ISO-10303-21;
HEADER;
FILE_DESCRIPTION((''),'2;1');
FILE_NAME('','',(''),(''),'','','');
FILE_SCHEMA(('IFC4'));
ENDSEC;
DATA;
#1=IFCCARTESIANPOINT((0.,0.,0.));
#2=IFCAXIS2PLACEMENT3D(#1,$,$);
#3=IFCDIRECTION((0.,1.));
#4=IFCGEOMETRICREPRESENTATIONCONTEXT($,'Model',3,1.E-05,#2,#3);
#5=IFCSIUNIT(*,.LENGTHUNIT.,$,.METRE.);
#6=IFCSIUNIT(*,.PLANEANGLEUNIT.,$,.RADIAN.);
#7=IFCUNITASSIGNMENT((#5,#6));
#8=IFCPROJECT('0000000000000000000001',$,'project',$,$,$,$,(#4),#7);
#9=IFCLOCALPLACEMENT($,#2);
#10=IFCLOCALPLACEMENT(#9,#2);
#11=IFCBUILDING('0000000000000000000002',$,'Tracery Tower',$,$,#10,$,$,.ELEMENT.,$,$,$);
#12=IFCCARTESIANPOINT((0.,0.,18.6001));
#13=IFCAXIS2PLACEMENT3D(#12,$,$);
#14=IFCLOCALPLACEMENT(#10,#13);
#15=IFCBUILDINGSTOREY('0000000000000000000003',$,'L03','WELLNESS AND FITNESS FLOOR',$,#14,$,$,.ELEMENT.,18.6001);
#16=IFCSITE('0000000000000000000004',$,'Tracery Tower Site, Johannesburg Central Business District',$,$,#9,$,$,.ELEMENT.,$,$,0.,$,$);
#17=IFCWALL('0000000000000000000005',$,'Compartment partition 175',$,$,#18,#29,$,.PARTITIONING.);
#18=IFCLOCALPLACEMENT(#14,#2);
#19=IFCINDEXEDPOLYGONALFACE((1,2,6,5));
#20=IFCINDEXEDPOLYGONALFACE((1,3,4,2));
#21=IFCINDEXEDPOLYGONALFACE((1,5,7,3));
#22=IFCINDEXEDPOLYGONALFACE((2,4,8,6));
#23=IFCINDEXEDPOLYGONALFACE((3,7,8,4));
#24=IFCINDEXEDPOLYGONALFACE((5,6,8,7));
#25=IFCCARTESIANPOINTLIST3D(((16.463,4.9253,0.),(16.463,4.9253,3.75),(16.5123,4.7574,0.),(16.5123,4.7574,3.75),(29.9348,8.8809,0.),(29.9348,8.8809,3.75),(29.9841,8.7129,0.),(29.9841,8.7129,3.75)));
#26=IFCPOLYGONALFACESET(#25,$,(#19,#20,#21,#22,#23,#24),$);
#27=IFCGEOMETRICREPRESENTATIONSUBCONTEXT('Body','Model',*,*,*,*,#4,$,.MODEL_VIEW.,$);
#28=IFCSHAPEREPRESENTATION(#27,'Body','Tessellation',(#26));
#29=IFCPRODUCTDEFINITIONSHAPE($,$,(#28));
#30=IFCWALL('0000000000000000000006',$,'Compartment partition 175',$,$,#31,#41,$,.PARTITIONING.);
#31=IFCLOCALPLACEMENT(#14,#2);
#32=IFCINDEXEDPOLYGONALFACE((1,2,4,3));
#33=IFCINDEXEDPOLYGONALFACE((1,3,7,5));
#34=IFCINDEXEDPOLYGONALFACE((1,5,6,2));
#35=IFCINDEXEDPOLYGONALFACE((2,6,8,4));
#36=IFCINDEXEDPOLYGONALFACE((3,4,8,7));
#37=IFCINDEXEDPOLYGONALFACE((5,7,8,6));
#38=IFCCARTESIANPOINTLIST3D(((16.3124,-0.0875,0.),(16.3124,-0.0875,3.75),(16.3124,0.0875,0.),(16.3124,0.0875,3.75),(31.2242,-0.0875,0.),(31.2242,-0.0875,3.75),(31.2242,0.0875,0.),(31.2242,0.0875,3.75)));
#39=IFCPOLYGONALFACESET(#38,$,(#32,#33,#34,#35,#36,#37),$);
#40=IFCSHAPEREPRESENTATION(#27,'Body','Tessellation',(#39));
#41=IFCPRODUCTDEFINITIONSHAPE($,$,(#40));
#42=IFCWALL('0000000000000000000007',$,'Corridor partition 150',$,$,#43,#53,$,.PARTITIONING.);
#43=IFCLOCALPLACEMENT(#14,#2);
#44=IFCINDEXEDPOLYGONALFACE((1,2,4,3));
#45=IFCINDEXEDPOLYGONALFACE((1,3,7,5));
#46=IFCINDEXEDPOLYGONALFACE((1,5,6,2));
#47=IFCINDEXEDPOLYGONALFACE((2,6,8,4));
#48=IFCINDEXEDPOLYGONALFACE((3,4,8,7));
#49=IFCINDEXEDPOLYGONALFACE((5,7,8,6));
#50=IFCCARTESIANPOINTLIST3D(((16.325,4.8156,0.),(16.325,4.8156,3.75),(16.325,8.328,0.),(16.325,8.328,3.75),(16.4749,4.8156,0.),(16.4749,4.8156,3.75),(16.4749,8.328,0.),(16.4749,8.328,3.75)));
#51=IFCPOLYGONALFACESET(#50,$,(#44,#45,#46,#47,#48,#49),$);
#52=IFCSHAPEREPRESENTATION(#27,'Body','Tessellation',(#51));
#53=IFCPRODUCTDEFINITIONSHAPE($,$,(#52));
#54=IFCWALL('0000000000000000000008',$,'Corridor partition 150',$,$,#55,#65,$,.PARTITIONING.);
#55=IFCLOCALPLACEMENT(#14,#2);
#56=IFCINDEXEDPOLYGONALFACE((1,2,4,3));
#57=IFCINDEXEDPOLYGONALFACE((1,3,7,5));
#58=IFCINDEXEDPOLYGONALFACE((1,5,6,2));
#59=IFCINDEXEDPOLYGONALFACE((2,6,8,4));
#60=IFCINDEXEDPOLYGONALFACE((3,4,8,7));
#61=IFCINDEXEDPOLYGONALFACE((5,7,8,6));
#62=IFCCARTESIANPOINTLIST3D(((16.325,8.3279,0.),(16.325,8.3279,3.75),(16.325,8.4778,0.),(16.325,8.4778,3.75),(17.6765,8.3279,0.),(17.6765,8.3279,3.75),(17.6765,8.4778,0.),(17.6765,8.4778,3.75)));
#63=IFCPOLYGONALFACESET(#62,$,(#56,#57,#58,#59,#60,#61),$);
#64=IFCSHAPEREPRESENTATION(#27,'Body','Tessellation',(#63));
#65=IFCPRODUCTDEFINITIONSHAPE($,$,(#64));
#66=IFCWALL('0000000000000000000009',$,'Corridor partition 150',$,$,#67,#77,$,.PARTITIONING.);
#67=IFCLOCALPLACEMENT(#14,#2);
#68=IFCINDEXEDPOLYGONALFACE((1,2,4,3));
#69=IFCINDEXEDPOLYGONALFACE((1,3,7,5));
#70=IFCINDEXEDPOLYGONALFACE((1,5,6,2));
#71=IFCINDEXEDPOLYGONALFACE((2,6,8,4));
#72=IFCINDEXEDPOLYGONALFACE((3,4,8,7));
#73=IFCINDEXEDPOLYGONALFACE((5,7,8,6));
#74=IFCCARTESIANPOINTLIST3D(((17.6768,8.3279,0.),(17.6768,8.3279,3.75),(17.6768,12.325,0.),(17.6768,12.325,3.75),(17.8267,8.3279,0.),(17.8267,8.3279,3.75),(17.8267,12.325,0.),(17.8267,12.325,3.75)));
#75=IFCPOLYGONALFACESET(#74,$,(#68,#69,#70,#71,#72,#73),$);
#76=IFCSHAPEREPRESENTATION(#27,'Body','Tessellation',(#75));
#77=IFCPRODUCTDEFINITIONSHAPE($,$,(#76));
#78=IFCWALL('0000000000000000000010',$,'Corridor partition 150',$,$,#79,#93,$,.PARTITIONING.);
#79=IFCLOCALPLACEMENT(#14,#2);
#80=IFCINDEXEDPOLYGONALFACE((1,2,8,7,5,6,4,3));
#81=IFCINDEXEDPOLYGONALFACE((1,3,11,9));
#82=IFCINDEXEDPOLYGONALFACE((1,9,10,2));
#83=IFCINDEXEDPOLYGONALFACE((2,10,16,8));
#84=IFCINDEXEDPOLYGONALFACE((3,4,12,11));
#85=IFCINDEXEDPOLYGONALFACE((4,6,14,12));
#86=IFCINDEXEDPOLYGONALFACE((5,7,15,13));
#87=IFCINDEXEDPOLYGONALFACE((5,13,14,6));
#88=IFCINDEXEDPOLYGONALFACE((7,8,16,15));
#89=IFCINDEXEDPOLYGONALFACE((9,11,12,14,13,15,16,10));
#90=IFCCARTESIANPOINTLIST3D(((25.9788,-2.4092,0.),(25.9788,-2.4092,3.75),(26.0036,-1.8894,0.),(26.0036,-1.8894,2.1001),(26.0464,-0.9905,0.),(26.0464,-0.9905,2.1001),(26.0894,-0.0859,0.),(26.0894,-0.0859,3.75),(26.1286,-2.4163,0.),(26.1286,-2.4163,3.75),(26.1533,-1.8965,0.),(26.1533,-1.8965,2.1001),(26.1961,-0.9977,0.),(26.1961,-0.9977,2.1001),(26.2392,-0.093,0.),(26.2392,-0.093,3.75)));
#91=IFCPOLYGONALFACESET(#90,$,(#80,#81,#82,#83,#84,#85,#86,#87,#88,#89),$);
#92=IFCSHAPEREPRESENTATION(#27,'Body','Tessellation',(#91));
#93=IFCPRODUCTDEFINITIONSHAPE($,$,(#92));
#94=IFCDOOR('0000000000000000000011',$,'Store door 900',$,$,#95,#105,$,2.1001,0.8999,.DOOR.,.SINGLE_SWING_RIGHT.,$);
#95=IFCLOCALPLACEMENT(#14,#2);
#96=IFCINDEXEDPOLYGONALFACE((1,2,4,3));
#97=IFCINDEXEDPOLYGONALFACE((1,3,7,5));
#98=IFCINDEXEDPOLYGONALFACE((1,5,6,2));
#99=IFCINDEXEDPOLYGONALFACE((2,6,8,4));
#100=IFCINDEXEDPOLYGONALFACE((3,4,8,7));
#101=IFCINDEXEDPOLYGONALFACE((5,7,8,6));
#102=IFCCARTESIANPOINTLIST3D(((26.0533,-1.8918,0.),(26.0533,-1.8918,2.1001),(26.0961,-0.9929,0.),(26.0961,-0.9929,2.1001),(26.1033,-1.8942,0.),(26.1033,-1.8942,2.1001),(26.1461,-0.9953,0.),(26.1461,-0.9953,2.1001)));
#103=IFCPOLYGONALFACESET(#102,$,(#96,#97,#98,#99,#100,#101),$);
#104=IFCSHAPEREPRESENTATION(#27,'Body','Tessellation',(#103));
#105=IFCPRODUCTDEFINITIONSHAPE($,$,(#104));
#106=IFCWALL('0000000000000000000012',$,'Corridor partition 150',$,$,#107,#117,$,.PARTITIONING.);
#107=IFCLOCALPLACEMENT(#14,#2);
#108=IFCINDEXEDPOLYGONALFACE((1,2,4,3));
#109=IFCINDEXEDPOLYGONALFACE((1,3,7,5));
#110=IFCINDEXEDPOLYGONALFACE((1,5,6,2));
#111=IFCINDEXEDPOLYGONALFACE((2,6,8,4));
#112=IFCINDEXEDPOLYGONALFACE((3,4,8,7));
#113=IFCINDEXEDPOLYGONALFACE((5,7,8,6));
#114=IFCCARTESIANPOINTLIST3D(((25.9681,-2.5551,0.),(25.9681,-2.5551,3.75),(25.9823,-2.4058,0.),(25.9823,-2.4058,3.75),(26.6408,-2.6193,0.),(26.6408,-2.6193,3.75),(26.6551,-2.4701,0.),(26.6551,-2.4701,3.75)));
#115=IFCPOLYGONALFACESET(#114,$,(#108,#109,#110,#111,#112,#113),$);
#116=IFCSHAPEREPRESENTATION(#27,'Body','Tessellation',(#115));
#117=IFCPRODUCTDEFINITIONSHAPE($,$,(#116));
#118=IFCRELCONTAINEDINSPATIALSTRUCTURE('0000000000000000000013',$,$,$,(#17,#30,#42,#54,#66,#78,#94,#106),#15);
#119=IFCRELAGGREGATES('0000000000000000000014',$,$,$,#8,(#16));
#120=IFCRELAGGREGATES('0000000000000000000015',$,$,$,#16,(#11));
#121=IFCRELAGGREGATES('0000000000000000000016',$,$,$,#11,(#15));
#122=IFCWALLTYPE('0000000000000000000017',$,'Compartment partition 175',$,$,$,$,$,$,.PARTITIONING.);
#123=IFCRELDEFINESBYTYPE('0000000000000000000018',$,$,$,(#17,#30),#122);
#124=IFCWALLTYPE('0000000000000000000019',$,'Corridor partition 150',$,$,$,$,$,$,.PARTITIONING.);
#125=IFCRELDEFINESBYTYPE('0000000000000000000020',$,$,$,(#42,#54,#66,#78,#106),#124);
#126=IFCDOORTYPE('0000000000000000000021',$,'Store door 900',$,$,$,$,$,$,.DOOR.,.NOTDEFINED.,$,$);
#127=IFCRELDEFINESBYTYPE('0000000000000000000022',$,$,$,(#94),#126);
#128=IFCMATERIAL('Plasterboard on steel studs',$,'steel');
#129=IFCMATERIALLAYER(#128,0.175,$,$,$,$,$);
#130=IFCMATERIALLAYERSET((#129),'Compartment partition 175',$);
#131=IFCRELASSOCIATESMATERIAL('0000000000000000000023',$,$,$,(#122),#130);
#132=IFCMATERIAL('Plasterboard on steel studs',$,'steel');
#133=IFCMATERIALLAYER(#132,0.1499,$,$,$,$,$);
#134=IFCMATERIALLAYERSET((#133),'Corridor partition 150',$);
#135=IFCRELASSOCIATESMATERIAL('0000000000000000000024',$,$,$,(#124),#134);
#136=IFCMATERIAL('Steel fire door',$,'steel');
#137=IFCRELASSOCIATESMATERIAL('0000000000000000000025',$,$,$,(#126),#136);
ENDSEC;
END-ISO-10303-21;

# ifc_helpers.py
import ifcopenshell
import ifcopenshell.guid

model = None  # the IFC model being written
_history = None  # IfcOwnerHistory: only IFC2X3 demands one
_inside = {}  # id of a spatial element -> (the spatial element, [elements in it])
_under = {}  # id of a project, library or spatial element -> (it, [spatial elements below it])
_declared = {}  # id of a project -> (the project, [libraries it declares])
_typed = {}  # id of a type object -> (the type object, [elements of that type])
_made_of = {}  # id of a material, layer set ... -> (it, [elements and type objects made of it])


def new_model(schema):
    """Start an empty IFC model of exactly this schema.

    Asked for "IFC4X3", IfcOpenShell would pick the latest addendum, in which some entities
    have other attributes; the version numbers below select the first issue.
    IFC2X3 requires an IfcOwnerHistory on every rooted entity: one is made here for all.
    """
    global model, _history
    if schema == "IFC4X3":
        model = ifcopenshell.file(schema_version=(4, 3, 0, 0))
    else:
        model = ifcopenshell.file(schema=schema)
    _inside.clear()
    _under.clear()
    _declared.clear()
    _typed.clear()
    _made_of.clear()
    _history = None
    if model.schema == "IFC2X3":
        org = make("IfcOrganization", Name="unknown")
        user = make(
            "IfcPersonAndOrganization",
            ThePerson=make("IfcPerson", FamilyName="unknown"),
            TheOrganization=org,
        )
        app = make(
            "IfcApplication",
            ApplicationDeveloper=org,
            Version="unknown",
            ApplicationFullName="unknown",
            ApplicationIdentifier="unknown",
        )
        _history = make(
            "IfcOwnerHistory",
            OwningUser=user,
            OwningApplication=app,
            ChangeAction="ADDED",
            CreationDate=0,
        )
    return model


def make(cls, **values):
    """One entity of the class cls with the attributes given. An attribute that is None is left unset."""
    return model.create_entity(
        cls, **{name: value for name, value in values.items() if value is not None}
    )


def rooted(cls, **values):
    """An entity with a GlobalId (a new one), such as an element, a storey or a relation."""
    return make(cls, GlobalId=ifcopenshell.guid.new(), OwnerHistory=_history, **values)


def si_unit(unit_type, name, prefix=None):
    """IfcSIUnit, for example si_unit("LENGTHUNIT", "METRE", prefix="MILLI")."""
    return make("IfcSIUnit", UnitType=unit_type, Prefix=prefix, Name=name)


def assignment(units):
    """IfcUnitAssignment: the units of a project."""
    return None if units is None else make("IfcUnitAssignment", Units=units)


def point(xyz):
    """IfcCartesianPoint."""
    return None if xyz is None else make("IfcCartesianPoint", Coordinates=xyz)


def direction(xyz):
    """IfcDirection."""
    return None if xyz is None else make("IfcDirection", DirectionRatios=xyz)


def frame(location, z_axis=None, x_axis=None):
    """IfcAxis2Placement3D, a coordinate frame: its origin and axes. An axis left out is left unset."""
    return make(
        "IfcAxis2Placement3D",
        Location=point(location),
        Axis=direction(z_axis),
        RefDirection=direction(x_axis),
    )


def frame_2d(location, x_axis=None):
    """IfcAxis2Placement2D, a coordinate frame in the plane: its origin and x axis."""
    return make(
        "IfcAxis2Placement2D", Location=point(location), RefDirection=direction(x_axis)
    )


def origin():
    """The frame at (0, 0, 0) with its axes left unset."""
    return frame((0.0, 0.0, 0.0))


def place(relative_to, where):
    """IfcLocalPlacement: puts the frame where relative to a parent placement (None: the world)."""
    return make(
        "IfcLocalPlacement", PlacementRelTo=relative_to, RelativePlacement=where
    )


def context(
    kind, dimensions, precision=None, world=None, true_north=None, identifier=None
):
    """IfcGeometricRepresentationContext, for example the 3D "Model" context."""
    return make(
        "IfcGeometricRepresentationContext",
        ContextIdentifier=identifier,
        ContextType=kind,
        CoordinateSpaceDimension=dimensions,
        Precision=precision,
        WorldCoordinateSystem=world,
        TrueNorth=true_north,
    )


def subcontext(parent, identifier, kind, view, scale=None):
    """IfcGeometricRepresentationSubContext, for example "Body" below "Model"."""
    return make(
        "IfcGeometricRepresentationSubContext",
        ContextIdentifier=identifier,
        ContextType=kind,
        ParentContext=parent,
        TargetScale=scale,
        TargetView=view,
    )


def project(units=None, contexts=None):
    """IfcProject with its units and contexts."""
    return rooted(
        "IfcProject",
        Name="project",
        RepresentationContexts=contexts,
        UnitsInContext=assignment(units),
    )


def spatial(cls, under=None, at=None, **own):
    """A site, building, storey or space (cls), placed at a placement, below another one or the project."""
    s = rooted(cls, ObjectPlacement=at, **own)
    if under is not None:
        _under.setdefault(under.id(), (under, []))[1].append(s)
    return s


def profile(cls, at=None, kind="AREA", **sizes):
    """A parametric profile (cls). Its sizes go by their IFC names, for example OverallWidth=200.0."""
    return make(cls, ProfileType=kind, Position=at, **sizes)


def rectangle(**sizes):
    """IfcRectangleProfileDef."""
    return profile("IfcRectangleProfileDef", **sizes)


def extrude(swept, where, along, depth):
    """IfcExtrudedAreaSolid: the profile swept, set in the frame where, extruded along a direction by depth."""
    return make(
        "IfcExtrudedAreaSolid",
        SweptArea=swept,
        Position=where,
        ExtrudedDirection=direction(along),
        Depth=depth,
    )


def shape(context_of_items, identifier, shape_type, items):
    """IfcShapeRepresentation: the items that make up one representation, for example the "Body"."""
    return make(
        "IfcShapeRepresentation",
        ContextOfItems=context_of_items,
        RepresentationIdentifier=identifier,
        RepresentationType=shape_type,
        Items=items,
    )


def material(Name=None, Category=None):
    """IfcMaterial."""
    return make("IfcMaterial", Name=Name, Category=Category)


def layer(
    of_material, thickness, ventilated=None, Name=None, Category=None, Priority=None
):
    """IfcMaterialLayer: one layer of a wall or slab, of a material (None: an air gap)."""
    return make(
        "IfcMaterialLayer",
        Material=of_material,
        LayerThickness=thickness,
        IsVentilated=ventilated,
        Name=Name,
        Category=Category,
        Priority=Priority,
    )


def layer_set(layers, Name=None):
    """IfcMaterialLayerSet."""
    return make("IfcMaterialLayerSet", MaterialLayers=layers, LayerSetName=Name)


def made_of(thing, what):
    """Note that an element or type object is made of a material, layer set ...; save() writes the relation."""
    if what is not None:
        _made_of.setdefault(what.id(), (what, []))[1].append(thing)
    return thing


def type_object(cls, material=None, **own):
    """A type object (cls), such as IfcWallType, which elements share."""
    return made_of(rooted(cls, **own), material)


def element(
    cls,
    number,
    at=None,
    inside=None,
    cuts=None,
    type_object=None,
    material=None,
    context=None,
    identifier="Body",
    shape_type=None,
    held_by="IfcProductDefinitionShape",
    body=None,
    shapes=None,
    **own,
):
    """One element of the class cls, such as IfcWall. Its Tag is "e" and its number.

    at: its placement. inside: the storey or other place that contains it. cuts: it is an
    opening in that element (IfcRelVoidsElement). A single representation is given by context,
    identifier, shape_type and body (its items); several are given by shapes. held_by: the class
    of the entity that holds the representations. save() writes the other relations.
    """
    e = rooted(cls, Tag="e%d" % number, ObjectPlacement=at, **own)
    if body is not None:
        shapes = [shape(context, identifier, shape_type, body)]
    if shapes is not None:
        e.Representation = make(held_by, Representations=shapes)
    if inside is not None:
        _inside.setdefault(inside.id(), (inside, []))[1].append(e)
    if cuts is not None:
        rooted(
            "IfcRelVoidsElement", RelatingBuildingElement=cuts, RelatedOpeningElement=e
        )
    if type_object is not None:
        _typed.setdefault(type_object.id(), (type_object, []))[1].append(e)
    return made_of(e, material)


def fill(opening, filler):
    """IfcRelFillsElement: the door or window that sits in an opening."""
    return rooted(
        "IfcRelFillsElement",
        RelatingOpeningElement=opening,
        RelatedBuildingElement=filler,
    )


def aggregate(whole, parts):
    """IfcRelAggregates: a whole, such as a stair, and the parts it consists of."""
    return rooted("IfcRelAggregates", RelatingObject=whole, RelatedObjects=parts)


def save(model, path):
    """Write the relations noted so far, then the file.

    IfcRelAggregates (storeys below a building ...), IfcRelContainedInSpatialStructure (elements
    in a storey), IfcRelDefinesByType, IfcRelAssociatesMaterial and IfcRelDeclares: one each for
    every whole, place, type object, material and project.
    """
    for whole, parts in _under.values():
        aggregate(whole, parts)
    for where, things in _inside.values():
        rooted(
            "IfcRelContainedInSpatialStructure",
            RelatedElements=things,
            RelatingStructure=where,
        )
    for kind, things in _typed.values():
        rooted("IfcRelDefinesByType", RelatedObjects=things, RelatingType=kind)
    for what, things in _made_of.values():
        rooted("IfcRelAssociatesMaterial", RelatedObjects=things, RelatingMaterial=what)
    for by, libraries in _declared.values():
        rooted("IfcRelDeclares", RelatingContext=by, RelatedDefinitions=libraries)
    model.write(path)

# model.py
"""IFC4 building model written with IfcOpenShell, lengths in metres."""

from ifc_helpers import new_model, si_unit, direction, frame, frame_2d, origin, place, context, subcontext, project, spatial, rectangle, extrude, material, layer, layer_set, type_object, element, fill, save


model = new_model("IFC4")

# Units and contexts
model_context = context("Model", 3, precision=1e-05, world=origin(), true_north=direction((0.0, 1.0)))
body_context = subcontext(model_context, "Body", "Model", "MODEL_VIEW")
ifc_project = project(units=[si_unit("LENGTHUNIT", "METRE"), si_unit("PLANEANGLEUNIT", "RADIAN")], contexts=[model_context])

# Site, building, storey
site_placement = place(None, origin())
site = spatial("IfcSite", under=ifc_project, at=site_placement, Name="Tracery Tower Site, Johannesburg Central Business District", CompositionType="ELEMENT", RefElevation=0.0)
building_placement = place(site_placement, origin())
building = spatial("IfcBuilding", under=site, at=building_placement, Name="Tracery Tower", CompositionType="ELEMENT")
storey_placement = place(building_placement, frame((0.0, 0.0, 18.6001)))
storey = spatial("IfcBuildingStorey", under=building, at=storey_placement, Name="L03", Description="WELLNESS AND FITNESS FLOOR", CompositionType="ELEMENT", Elevation=18.6001)

# Shared definitions
ifc_material_1 = material(Name="Plasterboard on steel studs", Category="steel")
ifc_layer_1 = layer(ifc_material_1, 0.175)
ifc_layer_set_1 = layer_set([ifc_layer_1], Name="Compartment partition 175")
wall_type_1 = type_object("IfcWallType", Name="Compartment partition 175", PredefinedType="PARTITIONING", material=ifc_layer_set_1)

# Walls
wall_1_placement = place(storey_placement, frame((29.9595, 8.7969, 0.0), z_axis=(0.0, 0.0, 1.0), x_axis=(-0.959496, -0.281723, 0.0)))
element("IfcWall", 1, at=wall_1_placement, inside=storey, type_object=wall_type_1, Name="Compartment partition 175", PredefinedType="PARTITIONING", context=body_context, shape_type="SweptSolid", body=[
    extrude(rectangle(XDim=14.0405, YDim=0.175, at=frame_2d((7.0203, 0.0))), origin(), (0.0, 0.0, 1.0), 3.75),
])
wall_2_placement = place(storey_placement, frame((31.2244, 0.0, 0.0), z_axis=(0.0, 0.0, 1.0), x_axis=(-1.0, 0.0, 0.0)))
element("IfcWall", 2, at=wall_2_placement, inside=storey, type_object=wall_type_1, Name="Compartment partition 175", PredefinedType="PARTITIONING", context=body_context, shape_type="SweptSolid", body=[
    extrude(rectangle(XDim=14.9119, YDim=0.175, at=frame_2d((7.4561, 0.0))), origin(), (0.0, 0.0, 1.0), 3.75),
])
ifc_material_2 = material(Name="Plasterboard on steel studs", Category="steel")
ifc_layer_2 = layer(ifc_material_2, 0.1499)
ifc_layer_set_2 = layer_set([ifc_layer_2], Name="Corridor partition 150")
wall_type_2 = type_object("IfcWallType", Name="Corridor partition 150", PredefinedType="PARTITIONING", material=ifc_layer_set_2)
wall_3_placement = place(storey_placement, frame((16.3999, 4.8154, 0.0), z_axis=(0.0, 0.0, 1.0), x_axis=(0.0, 1.0, 0.0)))
element("IfcWall", 3, at=wall_3_placement, inside=storey, type_object=wall_type_2, Name="Corridor partition 150", PredefinedType="PARTITIONING", context=body_context, shape_type="SweptSolid", body=[
    extrude(rectangle(XDim=3.5125, YDim=0.1499, at=frame_2d((1.7563, 0.0))), origin(), (0.0, 0.0, 1.0), 3.75),
])
wall_4_placement = place(storey_placement, frame((16.325, 8.4028, 0.0), z_axis=(0.0, 0.0, 1.0), x_axis=(1.0, 0.0, 0.0)))
element("IfcWall", 4, at=wall_4_placement, inside=storey, type_object=wall_type_2, Name="Corridor partition 150", PredefinedType="PARTITIONING", context=body_context, shape_type="SweptSolid", body=[
    extrude(rectangle(XDim=1.3516, YDim=0.1499, at=frame_2d((0.6758, 0.0))), origin(), (0.0, 0.0, 1.0), 3.75),
])
wall_5_placement = place(storey_placement, frame((17.7517, 8.3279, 0.0), z_axis=(0.0, 0.0, 1.0), x_axis=(0.0, 1.0, 0.0)))
element("IfcWall", 5, at=wall_5_placement, inside=storey, type_object=wall_type_2, Name="Corridor partition 150", PredefinedType="PARTITIONING", context=body_context, shape_type="SweptSolid", body=[
    extrude(rectangle(XDim=3.9971, YDim=0.1499, at=frame_2d((1.9985, 0.0))), origin(), (0.0, 0.0, 1.0), 3.75),
])

# Wall, opening, door
wall_6_placement = place(storey_placement, frame((26.1643, -0.0894, 0.0), z_axis=(0.0, 0.0, 1.0), x_axis=(-0.04755, -0.998869, 0.0)))
wall_6 = element("IfcWall", 6, at=wall_6_placement, inside=storey, type_object=wall_type_2, Name="Corridor partition 150", PredefinedType="PARTITIONING", context=body_context, shape_type="SweptSolid", body=[
    extrude(rectangle(XDim=2.3259, YDim=0.1499, at=frame_2d((1.1631, 0.0))), origin(), (0.0, 0.0, 1.0), 3.75),
])
opening_1_placement = place(wall_6_placement, frame((0.9058, 0.0, 0.0)))
opening_1 = element("IfcOpeningElement", 7, at=opening_1_placement, cuts=wall_6, PredefinedType="OPENING", context=body_context, shape_type="SweptSolid", body=[
    extrude(rectangle(XDim=0.8999, YDim=2.1001, at=frame_2d((0.45, 1.05))), frame((0.0, 0.075, 0.0), z_axis=(0.0, -1.0, 0.0), x_axis=(1.0, 0.0, 0.0)), (0.0, 0.0, 1.0), 0.1499),
])
ifc_material_3 = material(Name="Steel fire door", Category="steel")
door_type_1 = type_object("IfcDoorType", Name="Store door 900", OperationType="NOTDEFINED", PredefinedType="DOOR", material=ifc_material_3)
door_1_placement = place(opening_1_placement, origin())
door_1 = element("IfcDoor", 8, at=door_1_placement, inside=storey, type_object=door_type_1, Name="Store door 900", OperationType="SINGLE_SWING_RIGHT", OverallHeight=2.1001, OverallWidth=0.8999, PredefinedType="DOOR", context=body_context, shape_type="SweptSolid", body=[
    extrude(rectangle(XDim=0.8999, YDim=2.1001, at=frame_2d((0.45, 1.05))), frame((0.0, 0.0249, 0.0), z_axis=(0.0, -1.0, 0.0), x_axis=(1.0, 0.0, 0.0)), (0.0, 0.0, 1.0), 0.05),
])
fill(opening_1, door_1)

# Wall
wall_7_placement = place(storey_placement, frame((26.6479, -2.5447, 0.0), z_axis=(0.0, 0.0, 1.0), x_axis=(-0.995474, 0.095031, 0.0)))
element("IfcWall", 9, at=wall_7_placement, inside=storey, type_object=wall_type_2, Name="Corridor partition 150", PredefinedType="PARTITIONING", context=body_context, shape_type="SweptSolid", body=[
    extrude(rectangle(XDim=0.6758, YDim=0.1499, at=frame_2d((0.3379, 0.0))), origin(), (0.0, 0.0, 1.0), 3.75),
])

save(model, "model.ifc")
